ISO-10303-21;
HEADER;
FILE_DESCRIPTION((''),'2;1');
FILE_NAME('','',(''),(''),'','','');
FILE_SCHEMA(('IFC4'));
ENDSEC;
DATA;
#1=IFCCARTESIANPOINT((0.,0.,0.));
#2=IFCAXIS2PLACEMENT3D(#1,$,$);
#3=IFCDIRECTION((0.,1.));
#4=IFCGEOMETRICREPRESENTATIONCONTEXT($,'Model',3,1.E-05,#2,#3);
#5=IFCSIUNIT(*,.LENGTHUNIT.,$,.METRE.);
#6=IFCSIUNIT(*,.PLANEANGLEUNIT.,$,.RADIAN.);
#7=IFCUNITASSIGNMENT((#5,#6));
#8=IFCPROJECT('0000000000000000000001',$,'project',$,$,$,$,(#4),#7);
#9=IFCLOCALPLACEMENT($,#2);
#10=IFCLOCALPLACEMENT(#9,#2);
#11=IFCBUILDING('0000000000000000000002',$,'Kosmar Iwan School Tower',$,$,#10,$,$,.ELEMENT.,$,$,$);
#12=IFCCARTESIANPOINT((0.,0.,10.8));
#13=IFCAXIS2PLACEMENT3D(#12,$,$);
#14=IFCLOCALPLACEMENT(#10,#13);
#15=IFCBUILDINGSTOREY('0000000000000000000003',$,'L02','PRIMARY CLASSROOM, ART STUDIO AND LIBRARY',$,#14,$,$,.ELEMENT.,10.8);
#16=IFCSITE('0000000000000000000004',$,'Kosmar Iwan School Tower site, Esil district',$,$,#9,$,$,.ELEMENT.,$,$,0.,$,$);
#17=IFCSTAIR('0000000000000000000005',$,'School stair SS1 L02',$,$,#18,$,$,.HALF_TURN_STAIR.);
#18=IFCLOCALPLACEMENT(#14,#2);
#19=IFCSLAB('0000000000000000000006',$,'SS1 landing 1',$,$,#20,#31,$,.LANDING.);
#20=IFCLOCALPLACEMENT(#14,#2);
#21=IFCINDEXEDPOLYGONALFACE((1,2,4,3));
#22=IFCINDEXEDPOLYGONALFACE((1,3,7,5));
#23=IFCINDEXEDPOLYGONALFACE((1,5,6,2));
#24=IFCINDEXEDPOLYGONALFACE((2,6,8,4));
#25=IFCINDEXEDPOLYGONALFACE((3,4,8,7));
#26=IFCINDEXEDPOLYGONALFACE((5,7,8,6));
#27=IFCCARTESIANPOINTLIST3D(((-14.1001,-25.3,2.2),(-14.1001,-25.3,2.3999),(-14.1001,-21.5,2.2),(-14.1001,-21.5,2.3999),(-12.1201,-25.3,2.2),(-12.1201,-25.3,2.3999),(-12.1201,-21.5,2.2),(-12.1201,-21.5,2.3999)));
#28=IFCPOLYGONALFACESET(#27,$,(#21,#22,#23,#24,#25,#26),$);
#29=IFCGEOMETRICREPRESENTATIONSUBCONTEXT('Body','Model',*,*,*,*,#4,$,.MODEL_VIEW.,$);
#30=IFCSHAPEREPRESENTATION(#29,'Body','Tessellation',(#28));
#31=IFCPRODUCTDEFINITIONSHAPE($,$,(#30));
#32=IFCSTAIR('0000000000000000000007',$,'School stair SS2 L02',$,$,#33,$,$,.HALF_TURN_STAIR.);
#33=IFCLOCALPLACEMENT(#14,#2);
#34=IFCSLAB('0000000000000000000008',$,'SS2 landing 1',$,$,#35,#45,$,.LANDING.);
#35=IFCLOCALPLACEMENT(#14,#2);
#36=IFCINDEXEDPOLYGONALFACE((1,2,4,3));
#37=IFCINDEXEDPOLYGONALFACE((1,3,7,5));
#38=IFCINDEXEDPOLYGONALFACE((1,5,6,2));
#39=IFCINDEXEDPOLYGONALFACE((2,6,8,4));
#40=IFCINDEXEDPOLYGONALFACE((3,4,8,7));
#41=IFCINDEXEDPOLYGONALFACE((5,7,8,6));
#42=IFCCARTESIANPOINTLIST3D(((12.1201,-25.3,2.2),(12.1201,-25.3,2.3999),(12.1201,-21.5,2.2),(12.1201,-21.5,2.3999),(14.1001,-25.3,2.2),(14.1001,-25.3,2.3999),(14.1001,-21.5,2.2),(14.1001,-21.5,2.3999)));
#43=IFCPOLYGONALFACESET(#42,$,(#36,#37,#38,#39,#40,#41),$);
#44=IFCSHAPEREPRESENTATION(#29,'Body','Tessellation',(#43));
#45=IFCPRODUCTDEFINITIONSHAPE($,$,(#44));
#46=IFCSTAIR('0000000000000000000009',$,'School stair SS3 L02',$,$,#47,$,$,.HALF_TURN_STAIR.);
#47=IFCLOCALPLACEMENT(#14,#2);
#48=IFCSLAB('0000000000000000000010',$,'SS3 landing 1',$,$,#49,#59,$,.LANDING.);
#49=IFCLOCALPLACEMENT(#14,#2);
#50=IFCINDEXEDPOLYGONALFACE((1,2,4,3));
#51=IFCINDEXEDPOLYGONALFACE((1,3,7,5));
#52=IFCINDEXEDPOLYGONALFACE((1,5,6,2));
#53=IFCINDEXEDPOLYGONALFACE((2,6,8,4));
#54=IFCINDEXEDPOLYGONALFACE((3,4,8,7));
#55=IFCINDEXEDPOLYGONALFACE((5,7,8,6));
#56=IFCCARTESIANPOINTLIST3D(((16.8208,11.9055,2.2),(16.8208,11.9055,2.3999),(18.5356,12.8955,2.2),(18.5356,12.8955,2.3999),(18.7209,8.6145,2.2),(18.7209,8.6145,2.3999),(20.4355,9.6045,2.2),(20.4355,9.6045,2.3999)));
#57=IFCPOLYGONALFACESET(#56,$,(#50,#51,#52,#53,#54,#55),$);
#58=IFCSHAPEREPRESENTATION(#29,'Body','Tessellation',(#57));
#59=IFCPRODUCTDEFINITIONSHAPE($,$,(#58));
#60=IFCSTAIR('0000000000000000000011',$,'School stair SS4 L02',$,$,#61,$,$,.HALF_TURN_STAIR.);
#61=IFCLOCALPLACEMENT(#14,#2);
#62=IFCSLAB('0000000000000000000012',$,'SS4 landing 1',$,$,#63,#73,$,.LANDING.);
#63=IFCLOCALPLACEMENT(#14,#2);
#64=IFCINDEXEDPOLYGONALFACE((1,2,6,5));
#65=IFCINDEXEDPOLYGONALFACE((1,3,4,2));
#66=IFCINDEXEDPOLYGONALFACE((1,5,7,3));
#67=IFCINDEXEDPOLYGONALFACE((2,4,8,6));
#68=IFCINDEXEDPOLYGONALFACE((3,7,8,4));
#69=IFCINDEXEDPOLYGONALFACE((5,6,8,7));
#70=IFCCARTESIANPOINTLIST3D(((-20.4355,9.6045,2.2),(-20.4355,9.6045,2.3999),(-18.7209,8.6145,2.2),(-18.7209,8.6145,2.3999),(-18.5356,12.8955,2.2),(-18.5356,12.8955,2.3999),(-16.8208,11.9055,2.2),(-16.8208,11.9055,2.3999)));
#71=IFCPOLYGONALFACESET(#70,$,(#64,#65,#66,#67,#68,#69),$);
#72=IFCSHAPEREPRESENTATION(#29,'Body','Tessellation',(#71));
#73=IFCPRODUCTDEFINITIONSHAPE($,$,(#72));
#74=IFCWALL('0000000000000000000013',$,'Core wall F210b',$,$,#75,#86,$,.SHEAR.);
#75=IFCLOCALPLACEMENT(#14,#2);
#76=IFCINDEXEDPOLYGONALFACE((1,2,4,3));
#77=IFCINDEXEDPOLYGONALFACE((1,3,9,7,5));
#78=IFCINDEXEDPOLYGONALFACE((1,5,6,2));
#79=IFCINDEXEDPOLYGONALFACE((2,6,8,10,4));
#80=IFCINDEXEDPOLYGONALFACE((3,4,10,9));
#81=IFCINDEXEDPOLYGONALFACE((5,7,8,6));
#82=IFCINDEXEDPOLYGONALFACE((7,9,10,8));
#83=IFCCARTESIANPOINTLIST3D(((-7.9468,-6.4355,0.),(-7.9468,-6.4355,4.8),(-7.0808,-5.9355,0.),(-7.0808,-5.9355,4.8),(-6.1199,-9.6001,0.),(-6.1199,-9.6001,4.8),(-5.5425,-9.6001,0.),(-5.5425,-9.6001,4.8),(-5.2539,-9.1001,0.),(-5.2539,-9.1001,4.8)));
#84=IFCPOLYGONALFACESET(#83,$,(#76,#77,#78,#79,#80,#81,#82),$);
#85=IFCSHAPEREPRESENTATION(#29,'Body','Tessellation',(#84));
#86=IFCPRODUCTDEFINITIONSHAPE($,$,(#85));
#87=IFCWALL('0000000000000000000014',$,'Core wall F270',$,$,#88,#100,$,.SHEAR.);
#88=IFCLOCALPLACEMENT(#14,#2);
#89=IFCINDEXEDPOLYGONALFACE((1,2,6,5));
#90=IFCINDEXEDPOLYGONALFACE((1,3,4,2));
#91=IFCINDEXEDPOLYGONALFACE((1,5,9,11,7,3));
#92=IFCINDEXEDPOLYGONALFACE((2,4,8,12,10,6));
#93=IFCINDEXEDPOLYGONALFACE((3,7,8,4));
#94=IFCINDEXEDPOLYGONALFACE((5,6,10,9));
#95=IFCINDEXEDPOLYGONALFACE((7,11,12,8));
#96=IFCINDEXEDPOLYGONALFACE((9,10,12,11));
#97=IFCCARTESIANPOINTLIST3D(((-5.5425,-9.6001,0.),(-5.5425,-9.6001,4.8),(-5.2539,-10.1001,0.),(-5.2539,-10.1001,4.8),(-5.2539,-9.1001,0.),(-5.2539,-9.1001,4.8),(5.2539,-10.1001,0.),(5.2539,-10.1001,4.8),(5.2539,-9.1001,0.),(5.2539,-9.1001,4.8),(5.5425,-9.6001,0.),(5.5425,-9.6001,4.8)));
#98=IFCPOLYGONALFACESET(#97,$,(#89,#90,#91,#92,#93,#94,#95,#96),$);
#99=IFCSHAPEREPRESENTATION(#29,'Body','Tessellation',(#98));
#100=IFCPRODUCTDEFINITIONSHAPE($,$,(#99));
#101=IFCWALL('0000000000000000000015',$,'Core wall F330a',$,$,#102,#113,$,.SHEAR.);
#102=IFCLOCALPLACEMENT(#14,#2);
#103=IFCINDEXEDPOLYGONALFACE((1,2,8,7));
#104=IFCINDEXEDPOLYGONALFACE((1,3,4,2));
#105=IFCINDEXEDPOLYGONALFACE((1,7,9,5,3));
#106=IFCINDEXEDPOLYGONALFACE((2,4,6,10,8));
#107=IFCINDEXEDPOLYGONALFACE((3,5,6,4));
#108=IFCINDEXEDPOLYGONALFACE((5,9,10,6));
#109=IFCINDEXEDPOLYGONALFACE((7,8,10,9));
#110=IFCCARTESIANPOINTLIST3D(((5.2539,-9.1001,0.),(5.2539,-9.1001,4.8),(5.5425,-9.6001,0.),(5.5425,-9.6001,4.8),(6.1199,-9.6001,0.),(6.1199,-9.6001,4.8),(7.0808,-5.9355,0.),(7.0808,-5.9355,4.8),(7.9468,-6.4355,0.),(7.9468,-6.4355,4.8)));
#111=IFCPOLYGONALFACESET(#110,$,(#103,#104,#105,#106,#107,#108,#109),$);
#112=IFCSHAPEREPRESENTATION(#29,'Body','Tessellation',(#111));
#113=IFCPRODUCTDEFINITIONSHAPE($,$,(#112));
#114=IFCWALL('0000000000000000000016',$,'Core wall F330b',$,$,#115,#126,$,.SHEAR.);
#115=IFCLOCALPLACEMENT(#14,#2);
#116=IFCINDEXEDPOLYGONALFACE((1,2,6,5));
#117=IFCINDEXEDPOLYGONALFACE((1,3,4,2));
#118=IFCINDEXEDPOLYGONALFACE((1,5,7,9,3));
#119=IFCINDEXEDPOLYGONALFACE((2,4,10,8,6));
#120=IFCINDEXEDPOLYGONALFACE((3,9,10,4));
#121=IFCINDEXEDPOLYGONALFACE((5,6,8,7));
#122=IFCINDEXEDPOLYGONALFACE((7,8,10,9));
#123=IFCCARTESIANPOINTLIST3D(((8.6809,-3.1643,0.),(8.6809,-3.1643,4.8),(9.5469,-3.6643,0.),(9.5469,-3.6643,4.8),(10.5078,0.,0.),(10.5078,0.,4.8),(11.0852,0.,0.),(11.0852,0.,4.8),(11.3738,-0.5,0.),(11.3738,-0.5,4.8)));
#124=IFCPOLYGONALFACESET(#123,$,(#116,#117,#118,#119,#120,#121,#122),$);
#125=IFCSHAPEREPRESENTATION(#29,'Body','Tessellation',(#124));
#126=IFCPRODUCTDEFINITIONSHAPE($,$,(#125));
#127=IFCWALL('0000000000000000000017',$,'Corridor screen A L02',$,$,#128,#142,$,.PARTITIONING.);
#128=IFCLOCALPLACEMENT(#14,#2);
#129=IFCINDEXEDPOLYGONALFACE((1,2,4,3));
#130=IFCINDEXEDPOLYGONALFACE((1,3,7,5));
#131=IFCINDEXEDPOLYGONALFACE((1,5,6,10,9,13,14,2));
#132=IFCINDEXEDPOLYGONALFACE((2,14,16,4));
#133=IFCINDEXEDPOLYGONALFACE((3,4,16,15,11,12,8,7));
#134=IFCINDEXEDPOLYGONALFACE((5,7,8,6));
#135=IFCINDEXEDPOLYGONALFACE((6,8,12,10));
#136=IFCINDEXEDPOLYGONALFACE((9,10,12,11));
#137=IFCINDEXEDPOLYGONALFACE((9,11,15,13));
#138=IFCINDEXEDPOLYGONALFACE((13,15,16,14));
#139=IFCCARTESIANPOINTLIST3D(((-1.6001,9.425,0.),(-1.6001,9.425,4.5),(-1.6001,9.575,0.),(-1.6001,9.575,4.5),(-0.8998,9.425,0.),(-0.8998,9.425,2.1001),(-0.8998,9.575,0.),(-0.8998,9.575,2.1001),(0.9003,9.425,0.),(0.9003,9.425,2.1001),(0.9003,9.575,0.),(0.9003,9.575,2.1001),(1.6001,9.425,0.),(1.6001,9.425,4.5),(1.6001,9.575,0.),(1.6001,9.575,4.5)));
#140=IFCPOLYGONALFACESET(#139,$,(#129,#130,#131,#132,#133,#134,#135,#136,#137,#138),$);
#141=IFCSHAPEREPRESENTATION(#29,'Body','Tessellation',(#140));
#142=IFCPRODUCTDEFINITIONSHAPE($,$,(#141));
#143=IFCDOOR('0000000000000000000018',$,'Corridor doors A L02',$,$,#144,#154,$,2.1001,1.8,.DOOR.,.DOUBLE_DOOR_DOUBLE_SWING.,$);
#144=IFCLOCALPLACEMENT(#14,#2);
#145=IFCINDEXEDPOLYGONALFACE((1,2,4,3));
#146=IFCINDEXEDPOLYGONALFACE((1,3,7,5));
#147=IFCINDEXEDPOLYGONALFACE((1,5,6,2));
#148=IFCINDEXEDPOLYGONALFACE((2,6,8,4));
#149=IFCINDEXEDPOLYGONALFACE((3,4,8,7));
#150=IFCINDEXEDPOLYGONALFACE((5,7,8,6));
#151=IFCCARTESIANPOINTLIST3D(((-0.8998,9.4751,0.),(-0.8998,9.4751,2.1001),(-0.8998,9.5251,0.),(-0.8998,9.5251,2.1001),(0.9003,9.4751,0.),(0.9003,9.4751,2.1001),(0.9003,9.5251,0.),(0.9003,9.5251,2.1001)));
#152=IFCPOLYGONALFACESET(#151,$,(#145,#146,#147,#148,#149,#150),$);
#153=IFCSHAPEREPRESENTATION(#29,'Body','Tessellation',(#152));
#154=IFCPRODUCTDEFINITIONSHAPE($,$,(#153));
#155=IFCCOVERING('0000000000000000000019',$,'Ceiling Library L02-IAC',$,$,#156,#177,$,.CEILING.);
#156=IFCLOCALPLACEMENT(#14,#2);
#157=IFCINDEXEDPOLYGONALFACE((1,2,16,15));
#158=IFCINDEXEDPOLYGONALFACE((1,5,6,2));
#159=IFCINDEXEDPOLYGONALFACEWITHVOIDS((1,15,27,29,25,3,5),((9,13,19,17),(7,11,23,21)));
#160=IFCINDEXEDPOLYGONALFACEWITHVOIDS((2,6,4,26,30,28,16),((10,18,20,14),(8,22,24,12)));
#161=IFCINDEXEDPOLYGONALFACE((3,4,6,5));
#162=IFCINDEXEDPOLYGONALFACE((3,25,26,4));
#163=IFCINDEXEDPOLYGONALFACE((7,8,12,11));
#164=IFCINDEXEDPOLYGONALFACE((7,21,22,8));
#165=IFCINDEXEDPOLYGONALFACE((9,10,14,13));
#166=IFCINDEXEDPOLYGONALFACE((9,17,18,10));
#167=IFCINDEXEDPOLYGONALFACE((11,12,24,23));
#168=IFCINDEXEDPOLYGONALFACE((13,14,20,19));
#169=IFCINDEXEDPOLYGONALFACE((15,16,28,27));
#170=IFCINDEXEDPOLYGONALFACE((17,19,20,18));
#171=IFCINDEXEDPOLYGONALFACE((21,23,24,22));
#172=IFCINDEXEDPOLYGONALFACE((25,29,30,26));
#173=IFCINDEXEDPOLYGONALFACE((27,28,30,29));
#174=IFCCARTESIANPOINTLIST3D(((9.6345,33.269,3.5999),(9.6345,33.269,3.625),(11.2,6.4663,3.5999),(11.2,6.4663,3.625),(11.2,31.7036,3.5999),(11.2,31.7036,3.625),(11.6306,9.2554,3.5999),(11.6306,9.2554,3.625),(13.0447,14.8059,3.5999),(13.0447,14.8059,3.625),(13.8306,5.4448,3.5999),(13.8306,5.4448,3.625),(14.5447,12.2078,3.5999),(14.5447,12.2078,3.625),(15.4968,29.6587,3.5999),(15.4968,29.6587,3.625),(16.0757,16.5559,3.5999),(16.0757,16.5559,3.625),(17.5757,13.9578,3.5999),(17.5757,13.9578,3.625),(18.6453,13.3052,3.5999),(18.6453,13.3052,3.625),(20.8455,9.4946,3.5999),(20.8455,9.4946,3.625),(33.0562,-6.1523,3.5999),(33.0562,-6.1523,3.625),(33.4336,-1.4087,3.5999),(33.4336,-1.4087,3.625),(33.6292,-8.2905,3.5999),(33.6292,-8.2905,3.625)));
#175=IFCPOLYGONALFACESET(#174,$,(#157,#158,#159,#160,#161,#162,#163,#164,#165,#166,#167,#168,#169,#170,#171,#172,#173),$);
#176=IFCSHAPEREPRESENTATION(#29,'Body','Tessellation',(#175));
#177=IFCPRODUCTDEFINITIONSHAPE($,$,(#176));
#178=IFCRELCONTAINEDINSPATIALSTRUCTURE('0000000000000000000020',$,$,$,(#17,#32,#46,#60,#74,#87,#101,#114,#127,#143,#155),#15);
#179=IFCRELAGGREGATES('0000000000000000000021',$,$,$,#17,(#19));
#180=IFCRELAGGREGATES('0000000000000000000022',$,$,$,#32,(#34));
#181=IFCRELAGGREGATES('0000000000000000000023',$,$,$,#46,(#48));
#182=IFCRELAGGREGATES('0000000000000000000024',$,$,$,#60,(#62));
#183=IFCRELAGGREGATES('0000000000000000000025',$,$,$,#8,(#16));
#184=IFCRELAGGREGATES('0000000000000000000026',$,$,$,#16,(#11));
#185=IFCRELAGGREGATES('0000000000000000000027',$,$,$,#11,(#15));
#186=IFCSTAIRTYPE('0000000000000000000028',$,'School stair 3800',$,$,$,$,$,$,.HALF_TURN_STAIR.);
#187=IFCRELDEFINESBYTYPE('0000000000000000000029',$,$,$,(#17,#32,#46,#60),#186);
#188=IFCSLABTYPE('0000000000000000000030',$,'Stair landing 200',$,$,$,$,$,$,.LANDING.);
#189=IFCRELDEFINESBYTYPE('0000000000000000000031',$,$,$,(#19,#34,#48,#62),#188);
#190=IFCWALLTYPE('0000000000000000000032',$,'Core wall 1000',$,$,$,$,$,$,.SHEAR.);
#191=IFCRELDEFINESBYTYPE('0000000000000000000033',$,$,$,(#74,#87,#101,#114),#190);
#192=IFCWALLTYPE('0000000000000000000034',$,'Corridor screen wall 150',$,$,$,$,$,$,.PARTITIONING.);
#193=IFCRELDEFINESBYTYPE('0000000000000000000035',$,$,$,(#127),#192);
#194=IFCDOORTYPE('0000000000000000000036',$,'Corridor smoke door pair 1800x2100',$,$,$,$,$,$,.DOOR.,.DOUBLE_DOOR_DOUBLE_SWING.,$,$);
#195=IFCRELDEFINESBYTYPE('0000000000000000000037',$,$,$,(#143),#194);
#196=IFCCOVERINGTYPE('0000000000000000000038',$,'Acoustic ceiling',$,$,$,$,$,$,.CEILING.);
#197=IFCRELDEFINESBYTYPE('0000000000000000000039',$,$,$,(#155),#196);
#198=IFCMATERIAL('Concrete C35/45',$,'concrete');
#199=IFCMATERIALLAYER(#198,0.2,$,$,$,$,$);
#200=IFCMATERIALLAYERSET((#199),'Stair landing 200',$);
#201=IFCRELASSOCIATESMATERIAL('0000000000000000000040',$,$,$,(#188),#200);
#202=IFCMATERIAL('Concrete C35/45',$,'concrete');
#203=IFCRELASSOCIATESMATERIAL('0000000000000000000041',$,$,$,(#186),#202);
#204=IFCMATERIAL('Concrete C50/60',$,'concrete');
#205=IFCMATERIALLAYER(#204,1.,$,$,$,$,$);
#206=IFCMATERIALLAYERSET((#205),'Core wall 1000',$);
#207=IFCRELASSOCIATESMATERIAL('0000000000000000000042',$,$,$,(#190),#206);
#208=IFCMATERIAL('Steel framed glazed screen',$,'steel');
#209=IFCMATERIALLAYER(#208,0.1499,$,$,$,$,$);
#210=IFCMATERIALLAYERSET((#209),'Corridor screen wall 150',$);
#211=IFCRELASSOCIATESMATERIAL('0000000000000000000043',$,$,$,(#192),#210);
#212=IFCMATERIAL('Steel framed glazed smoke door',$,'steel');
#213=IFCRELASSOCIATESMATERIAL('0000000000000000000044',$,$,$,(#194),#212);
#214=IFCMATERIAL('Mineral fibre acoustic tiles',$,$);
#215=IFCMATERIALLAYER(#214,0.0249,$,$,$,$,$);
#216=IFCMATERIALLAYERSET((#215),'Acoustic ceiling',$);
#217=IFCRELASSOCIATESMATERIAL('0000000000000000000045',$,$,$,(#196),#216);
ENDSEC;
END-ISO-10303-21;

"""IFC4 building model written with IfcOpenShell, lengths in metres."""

from ifc_helpers import new_model, si_unit, direction, frame, frame_2d, origin, place, context, subcontext, project, spatial, polyline, rectangle, outline, extrude, material, layer, layer_set, type_object, element, fill, aggregate, save


model = new_model("IFC4")

# Units and contexts
model_context = context("Model", 3, precision=1e-05, world=origin(), true_north=direction((0.0, 1.0)))
body_context = subcontext(model_context, "Body", "Model", "MODEL_VIEW")
ifc_project = project(units=[si_unit("LENGTHUNIT", "METRE"), si_unit("PLANEANGLEUNIT", "RADIAN")], contexts=[model_context])

# Site, building, storey
site_placement = place(None, origin())
site = spatial("IfcSite", under=ifc_project, at=site_placement, Name="Kosmar Iwan School Tower site, Esil district", CompositionType="ELEMENT", RefElevation=0.0)
building_placement = place(site_placement, origin())
building = spatial("IfcBuilding", under=site, at=building_placement, Name="Kosmar Iwan School Tower", CompositionType="ELEMENT")
storey_placement = place(building_placement, frame((0.0, 0.0, 10.8)))
storey = spatial("IfcBuildingStorey", under=building, at=storey_placement, Name="L02", Description="PRIMARY CLASSROOM, ART STUDIO AND LIBRARY", CompositionType="ELEMENT", Elevation=10.8)

# Shared definitions
ifc_material_1 = material(Name="Concrete C35/45", Category="concrete")
ifc_layer_1 = layer(ifc_material_1, 0.2)
ifc_layer_set_1 = layer_set([ifc_layer_1], Name="Stair landing 200")
slab_type_1 = type_object("IfcSlabType", Name="Stair landing 200", PredefinedType="LANDING", material=ifc_layer_set_1)

# Stairs, slabs
ifc_material_2 = material(Name="Concrete C35/45", Category="concrete")
stair_type_1 = type_object("IfcStairType", Name="School stair 3800", PredefinedType="HALF_TURN_STAIR", material=ifc_material_2)
stair_1_placement = place(storey_placement, origin())
stair_1 = element("IfcStair", 1, at=stair_1_placement, inside=storey, type_object=stair_type_1, Name="School stair SS1 L02", PredefinedType="HALF_TURN_STAIR")
slab_1_placement = place(storey_placement, frame((0.0, 0.0, 2.2)))
slab_1 = element("IfcSlab", 2, at=slab_1_placement, type_object=slab_type_1, Name="SS1 landing 1", PredefinedType="LANDING", context=body_context, shape_type="SweptSolid", body=[
    extrude(outline(polyline([(-14.1001, -21.5), (-14.1001, -25.3), (-12.1201, -25.3), (-12.1201, -21.5), (-14.1001, -21.5)])), origin(), (0.0, 0.0, 1.0), 0.2),
])
aggregate(stair_1, [slab_1])
stair_2_placement = place(storey_placement, origin())
stair_2 = element("IfcStair", 3, at=stair_2_placement, inside=storey, type_object=stair_type_1, Name="School stair SS2 L02", PredefinedType="HALF_TURN_STAIR")
slab_2_placement = place(storey_placement, frame((0.0, 0.0, 2.2)))
slab_2 = element("IfcSlab", 4, at=slab_2_placement, type_object=slab_type_1, Name="SS2 landing 1", PredefinedType="LANDING", context=body_context, shape_type="SweptSolid", body=[
    extrude(outline(polyline([(12.1201, -21.5), (12.1201, -25.3), (14.1001, -25.3), (14.1001, -21.5), (12.1201, -21.5)])), origin(), (0.0, 0.0, 1.0), 0.2),
])
aggregate(stair_2, [slab_2])
stair_3_placement = place(storey_placement, origin())
stair_3 = element("IfcStair", 5, at=stair_3_placement, inside=storey, type_object=stair_type_1, Name="School stair SS3 L02", PredefinedType="HALF_TURN_STAIR")
slab_3_placement = place(storey_placement, frame((0.0, 0.0, 2.2)))
slab_3 = element("IfcSlab", 6, at=slab_3_placement, type_object=slab_type_1, Name="SS3 landing 1", PredefinedType="LANDING", context=body_context, shape_type="SweptSolid", body=[
    extrude(outline(polyline([(18.7209, 8.6145), (20.4355, 9.6045), (18.5356, 12.8955), (16.8208, 11.9055), (18.7209, 8.6145)])), origin(), (0.0, 0.0, 1.0), 0.2),
])
aggregate(stair_3, [slab_3])
stair_4_placement = place(storey_placement, origin())
stair_4 = element("IfcStair", 7, at=stair_4_placement, inside=storey, type_object=stair_type_1, Name="School stair SS4 L02", PredefinedType="HALF_TURN_STAIR")
slab_4_placement = place(storey_placement, frame((0.0, 0.0, 2.2)))
slab_4 = element("IfcSlab", 8, at=slab_4_placement, type_object=slab_type_1, Name="SS4 landing 1", PredefinedType="LANDING", context=body_context, shape_type="SweptSolid", body=[
    extrude(outline(polyline([(-16.8208, 11.9055), (-18.5356, 12.8955), (-20.4355, 9.6045), (-18.7209, 8.6145), (-16.8208, 11.9055)])), origin(), (0.0, 0.0, 1.0), 0.2),
])
aggregate(stair_4, [slab_4])

# Walls
ifc_material_3 = material(Name="Concrete C50/60", Category="concrete")
ifc_layer_2 = layer(ifc_material_3, 1.0)
ifc_layer_set_2 = layer_set([ifc_layer_2], Name="Core wall 1000")
wall_type_1 = type_object("IfcWallType", Name="Core wall 1000", PredefinedType="SHEAR", material=ifc_layer_set_2)
wall_1_placement = place(storey_placement, origin())
element("IfcWall", 9, at=wall_1_placement, inside=storey, type_object=wall_type_1, Name="Core wall F210b", PredefinedType="SHEAR", context=body_context, shape_type="SweptSolid", body=[
    extrude(outline(polyline([(-6.1199, -9.6001), (-5.5425, -9.6001), (-5.2539, -9.1001), (-7.0808, -5.9355), (-7.9468, -6.4355), (-6.1199, -9.6001)])), origin(), (0.0, 0.0, 1.0), 4.8),
])
wall_2_placement = place(storey_placement, origin())
element("IfcWall", 10, at=wall_2_placement, inside=storey, type_object=wall_type_1, Name="Core wall F270", PredefinedType="SHEAR", context=body_context, shape_type="SweptSolid", body=[
    extrude(outline(polyline([(-5.2539, -10.1001), (5.2539, -10.1001), (5.5425, -9.6001), (5.2539, -9.1001), (-5.2539, -9.1001), (-5.5425, -9.6001), (-5.2539, -10.1001)])), origin(), (0.0, 0.0, 1.0), 4.8),
])
wall_3_placement = place(storey_placement, origin())
element("IfcWall", 11, at=wall_3_placement, inside=storey, type_object=wall_type_1, Name="Core wall F330a", PredefinedType="SHEAR", context=body_context, shape_type="SweptSolid", body=[
    extrude(outline(polyline([(5.5425, -9.6001), (6.1199, -9.6001), (7.9468, -6.4355), (7.0808, -5.9355), (5.2539, -9.1001), (5.5425, -9.6001)])), origin(), (0.0, 0.0, 1.0), 4.8),
])
wall_4_placement = place(storey_placement, origin())
element("IfcWall", 12, at=wall_4_placement, inside=storey, type_object=wall_type_1, Name="Core wall F330b", PredefinedType="SHEAR", context=body_context, shape_type="SweptSolid", body=[
    extrude(outline(polyline([(9.5469, -3.6643), (11.3738, -0.5), (11.0852, 0.0), (10.5078, 0.0), (8.6809, -3.1643), (9.5469, -3.6643)])), origin(), (0.0, 0.0, 1.0), 4.8),
])

# Wall, opening, door
ifc_material_4 = material(Name="Steel framed glazed screen", Category="steel")
ifc_layer_3 = layer(ifc_material_4, 0.1499)
ifc_layer_set_3 = layer_set([ifc_layer_3], Name="Corridor screen wall 150")
wall_type_2 = type_object("IfcWallType", Name="Corridor screen wall 150", PredefinedType="PARTITIONING", material=ifc_layer_set_3)
wall_5_placement = place(storey_placement, frame((1.6001, 9.5, 0.0), z_axis=(0.0, 0.0, 1.0), x_axis=(-1.0, 0.0, 0.0)))
wall_5 = element("IfcWall", 13, at=wall_5_placement, inside=storey, type_object=wall_type_2, Name="Corridor screen A L02", PredefinedType="PARTITIONING", context=body_context, shape_type="SweptSolid", body=[
    extrude(rectangle(XDim=3.2002, YDim=0.1499, at=frame_2d((1.6001, 0.0))), origin(), (0.0, 0.0, 1.0), 4.5),
])
opening_placement = place(wall_5_placement, frame((0.7, 0.0, 0.0)))
opening = element("IfcOpeningElement", 14, at=opening_placement, cuts=wall_5, PredefinedType="OPENING", context=body_context, shape_type="SweptSolid", body=[
    extrude(rectangle(XDim=1.8, YDim=2.1001, at=frame_2d((0.8999, 1.05))), frame((0.0, 0.0869, 0.0), z_axis=(0.0, -1.0, 0.0), x_axis=(1.0, 0.0, 0.0)), (0.0, 0.0, 1.0), 0.1738),
])
ifc_material_5 = material(Name="Steel framed glazed smoke door", Category="steel")
door_type = type_object("IfcDoorType", Name="Corridor smoke door pair 1800x2100", OperationType="DOUBLE_DOOR_DOUBLE_SWING", PredefinedType="DOOR", material=ifc_material_5)
door_placement = place(opening_placement, origin())
door = element("IfcDoor", 15, at=door_placement, inside=storey, type_object=door_type, Name="Corridor doors A L02", OperationType="DOUBLE_DOOR_DOUBLE_SWING", OverallHeight=2.1001, OverallWidth=1.8, PredefinedType="DOOR", context=body_context, shape_type="SweptSolid", body=[
    extrude(rectangle(XDim=1.8, YDim=2.1001, at=frame_2d((0.8999, 1.05))), frame((0.0, 0.0249, 0.0), z_axis=(0.0, -1.0, 0.0), x_axis=(1.0, 0.0, 0.0)), (0.0, 0.0, 1.0), 0.05),
])
fill(opening, door)

# Covering
ifc_material_6 = material(Name="Mineral fibre acoustic tiles")
ifc_layer_4 = layer(ifc_material_6, 0.0249)
ifc_layer_set_4 = layer_set([ifc_layer_4], Name="Acoustic ceiling")
covering_type = type_object("IfcCoveringType", Name="Acoustic ceiling", PredefinedType="CEILING", material=ifc_layer_set_4)
covering_placement = place(storey_placement, frame((0.0, 0.0, 3.5999)))
element("IfcCovering", 16, at=covering_placement, inside=storey, type_object=covering_type, Name="Ceiling Library L02-IAC", PredefinedType="CEILING", context=body_context, shape_type="SweptSolid", body=[
    extrude(outline(polyline([(33.6292, -8.2905), (33.4336, -1.4087), (15.4968, 29.6587), (9.6345, 33.269), (11.2, 31.7036), (11.2, 6.4663), (33.0562, -6.1523), (33.6292, -8.2905)]), holes=[polyline([(18.6453, 13.3052), (11.6306, 9.2554), (13.8306, 5.4448), (20.8455, 9.4946), (18.6453, 13.3052)]), polyline([(17.5757, 13.9578), (16.0757, 16.5559), (13.0447, 14.8059), (14.5447, 12.2078), (17.5757, 13.9578)])]), origin(), (0.0, 0.0, 1.0), 0.0251),
])

save(model, "model.ifc")
